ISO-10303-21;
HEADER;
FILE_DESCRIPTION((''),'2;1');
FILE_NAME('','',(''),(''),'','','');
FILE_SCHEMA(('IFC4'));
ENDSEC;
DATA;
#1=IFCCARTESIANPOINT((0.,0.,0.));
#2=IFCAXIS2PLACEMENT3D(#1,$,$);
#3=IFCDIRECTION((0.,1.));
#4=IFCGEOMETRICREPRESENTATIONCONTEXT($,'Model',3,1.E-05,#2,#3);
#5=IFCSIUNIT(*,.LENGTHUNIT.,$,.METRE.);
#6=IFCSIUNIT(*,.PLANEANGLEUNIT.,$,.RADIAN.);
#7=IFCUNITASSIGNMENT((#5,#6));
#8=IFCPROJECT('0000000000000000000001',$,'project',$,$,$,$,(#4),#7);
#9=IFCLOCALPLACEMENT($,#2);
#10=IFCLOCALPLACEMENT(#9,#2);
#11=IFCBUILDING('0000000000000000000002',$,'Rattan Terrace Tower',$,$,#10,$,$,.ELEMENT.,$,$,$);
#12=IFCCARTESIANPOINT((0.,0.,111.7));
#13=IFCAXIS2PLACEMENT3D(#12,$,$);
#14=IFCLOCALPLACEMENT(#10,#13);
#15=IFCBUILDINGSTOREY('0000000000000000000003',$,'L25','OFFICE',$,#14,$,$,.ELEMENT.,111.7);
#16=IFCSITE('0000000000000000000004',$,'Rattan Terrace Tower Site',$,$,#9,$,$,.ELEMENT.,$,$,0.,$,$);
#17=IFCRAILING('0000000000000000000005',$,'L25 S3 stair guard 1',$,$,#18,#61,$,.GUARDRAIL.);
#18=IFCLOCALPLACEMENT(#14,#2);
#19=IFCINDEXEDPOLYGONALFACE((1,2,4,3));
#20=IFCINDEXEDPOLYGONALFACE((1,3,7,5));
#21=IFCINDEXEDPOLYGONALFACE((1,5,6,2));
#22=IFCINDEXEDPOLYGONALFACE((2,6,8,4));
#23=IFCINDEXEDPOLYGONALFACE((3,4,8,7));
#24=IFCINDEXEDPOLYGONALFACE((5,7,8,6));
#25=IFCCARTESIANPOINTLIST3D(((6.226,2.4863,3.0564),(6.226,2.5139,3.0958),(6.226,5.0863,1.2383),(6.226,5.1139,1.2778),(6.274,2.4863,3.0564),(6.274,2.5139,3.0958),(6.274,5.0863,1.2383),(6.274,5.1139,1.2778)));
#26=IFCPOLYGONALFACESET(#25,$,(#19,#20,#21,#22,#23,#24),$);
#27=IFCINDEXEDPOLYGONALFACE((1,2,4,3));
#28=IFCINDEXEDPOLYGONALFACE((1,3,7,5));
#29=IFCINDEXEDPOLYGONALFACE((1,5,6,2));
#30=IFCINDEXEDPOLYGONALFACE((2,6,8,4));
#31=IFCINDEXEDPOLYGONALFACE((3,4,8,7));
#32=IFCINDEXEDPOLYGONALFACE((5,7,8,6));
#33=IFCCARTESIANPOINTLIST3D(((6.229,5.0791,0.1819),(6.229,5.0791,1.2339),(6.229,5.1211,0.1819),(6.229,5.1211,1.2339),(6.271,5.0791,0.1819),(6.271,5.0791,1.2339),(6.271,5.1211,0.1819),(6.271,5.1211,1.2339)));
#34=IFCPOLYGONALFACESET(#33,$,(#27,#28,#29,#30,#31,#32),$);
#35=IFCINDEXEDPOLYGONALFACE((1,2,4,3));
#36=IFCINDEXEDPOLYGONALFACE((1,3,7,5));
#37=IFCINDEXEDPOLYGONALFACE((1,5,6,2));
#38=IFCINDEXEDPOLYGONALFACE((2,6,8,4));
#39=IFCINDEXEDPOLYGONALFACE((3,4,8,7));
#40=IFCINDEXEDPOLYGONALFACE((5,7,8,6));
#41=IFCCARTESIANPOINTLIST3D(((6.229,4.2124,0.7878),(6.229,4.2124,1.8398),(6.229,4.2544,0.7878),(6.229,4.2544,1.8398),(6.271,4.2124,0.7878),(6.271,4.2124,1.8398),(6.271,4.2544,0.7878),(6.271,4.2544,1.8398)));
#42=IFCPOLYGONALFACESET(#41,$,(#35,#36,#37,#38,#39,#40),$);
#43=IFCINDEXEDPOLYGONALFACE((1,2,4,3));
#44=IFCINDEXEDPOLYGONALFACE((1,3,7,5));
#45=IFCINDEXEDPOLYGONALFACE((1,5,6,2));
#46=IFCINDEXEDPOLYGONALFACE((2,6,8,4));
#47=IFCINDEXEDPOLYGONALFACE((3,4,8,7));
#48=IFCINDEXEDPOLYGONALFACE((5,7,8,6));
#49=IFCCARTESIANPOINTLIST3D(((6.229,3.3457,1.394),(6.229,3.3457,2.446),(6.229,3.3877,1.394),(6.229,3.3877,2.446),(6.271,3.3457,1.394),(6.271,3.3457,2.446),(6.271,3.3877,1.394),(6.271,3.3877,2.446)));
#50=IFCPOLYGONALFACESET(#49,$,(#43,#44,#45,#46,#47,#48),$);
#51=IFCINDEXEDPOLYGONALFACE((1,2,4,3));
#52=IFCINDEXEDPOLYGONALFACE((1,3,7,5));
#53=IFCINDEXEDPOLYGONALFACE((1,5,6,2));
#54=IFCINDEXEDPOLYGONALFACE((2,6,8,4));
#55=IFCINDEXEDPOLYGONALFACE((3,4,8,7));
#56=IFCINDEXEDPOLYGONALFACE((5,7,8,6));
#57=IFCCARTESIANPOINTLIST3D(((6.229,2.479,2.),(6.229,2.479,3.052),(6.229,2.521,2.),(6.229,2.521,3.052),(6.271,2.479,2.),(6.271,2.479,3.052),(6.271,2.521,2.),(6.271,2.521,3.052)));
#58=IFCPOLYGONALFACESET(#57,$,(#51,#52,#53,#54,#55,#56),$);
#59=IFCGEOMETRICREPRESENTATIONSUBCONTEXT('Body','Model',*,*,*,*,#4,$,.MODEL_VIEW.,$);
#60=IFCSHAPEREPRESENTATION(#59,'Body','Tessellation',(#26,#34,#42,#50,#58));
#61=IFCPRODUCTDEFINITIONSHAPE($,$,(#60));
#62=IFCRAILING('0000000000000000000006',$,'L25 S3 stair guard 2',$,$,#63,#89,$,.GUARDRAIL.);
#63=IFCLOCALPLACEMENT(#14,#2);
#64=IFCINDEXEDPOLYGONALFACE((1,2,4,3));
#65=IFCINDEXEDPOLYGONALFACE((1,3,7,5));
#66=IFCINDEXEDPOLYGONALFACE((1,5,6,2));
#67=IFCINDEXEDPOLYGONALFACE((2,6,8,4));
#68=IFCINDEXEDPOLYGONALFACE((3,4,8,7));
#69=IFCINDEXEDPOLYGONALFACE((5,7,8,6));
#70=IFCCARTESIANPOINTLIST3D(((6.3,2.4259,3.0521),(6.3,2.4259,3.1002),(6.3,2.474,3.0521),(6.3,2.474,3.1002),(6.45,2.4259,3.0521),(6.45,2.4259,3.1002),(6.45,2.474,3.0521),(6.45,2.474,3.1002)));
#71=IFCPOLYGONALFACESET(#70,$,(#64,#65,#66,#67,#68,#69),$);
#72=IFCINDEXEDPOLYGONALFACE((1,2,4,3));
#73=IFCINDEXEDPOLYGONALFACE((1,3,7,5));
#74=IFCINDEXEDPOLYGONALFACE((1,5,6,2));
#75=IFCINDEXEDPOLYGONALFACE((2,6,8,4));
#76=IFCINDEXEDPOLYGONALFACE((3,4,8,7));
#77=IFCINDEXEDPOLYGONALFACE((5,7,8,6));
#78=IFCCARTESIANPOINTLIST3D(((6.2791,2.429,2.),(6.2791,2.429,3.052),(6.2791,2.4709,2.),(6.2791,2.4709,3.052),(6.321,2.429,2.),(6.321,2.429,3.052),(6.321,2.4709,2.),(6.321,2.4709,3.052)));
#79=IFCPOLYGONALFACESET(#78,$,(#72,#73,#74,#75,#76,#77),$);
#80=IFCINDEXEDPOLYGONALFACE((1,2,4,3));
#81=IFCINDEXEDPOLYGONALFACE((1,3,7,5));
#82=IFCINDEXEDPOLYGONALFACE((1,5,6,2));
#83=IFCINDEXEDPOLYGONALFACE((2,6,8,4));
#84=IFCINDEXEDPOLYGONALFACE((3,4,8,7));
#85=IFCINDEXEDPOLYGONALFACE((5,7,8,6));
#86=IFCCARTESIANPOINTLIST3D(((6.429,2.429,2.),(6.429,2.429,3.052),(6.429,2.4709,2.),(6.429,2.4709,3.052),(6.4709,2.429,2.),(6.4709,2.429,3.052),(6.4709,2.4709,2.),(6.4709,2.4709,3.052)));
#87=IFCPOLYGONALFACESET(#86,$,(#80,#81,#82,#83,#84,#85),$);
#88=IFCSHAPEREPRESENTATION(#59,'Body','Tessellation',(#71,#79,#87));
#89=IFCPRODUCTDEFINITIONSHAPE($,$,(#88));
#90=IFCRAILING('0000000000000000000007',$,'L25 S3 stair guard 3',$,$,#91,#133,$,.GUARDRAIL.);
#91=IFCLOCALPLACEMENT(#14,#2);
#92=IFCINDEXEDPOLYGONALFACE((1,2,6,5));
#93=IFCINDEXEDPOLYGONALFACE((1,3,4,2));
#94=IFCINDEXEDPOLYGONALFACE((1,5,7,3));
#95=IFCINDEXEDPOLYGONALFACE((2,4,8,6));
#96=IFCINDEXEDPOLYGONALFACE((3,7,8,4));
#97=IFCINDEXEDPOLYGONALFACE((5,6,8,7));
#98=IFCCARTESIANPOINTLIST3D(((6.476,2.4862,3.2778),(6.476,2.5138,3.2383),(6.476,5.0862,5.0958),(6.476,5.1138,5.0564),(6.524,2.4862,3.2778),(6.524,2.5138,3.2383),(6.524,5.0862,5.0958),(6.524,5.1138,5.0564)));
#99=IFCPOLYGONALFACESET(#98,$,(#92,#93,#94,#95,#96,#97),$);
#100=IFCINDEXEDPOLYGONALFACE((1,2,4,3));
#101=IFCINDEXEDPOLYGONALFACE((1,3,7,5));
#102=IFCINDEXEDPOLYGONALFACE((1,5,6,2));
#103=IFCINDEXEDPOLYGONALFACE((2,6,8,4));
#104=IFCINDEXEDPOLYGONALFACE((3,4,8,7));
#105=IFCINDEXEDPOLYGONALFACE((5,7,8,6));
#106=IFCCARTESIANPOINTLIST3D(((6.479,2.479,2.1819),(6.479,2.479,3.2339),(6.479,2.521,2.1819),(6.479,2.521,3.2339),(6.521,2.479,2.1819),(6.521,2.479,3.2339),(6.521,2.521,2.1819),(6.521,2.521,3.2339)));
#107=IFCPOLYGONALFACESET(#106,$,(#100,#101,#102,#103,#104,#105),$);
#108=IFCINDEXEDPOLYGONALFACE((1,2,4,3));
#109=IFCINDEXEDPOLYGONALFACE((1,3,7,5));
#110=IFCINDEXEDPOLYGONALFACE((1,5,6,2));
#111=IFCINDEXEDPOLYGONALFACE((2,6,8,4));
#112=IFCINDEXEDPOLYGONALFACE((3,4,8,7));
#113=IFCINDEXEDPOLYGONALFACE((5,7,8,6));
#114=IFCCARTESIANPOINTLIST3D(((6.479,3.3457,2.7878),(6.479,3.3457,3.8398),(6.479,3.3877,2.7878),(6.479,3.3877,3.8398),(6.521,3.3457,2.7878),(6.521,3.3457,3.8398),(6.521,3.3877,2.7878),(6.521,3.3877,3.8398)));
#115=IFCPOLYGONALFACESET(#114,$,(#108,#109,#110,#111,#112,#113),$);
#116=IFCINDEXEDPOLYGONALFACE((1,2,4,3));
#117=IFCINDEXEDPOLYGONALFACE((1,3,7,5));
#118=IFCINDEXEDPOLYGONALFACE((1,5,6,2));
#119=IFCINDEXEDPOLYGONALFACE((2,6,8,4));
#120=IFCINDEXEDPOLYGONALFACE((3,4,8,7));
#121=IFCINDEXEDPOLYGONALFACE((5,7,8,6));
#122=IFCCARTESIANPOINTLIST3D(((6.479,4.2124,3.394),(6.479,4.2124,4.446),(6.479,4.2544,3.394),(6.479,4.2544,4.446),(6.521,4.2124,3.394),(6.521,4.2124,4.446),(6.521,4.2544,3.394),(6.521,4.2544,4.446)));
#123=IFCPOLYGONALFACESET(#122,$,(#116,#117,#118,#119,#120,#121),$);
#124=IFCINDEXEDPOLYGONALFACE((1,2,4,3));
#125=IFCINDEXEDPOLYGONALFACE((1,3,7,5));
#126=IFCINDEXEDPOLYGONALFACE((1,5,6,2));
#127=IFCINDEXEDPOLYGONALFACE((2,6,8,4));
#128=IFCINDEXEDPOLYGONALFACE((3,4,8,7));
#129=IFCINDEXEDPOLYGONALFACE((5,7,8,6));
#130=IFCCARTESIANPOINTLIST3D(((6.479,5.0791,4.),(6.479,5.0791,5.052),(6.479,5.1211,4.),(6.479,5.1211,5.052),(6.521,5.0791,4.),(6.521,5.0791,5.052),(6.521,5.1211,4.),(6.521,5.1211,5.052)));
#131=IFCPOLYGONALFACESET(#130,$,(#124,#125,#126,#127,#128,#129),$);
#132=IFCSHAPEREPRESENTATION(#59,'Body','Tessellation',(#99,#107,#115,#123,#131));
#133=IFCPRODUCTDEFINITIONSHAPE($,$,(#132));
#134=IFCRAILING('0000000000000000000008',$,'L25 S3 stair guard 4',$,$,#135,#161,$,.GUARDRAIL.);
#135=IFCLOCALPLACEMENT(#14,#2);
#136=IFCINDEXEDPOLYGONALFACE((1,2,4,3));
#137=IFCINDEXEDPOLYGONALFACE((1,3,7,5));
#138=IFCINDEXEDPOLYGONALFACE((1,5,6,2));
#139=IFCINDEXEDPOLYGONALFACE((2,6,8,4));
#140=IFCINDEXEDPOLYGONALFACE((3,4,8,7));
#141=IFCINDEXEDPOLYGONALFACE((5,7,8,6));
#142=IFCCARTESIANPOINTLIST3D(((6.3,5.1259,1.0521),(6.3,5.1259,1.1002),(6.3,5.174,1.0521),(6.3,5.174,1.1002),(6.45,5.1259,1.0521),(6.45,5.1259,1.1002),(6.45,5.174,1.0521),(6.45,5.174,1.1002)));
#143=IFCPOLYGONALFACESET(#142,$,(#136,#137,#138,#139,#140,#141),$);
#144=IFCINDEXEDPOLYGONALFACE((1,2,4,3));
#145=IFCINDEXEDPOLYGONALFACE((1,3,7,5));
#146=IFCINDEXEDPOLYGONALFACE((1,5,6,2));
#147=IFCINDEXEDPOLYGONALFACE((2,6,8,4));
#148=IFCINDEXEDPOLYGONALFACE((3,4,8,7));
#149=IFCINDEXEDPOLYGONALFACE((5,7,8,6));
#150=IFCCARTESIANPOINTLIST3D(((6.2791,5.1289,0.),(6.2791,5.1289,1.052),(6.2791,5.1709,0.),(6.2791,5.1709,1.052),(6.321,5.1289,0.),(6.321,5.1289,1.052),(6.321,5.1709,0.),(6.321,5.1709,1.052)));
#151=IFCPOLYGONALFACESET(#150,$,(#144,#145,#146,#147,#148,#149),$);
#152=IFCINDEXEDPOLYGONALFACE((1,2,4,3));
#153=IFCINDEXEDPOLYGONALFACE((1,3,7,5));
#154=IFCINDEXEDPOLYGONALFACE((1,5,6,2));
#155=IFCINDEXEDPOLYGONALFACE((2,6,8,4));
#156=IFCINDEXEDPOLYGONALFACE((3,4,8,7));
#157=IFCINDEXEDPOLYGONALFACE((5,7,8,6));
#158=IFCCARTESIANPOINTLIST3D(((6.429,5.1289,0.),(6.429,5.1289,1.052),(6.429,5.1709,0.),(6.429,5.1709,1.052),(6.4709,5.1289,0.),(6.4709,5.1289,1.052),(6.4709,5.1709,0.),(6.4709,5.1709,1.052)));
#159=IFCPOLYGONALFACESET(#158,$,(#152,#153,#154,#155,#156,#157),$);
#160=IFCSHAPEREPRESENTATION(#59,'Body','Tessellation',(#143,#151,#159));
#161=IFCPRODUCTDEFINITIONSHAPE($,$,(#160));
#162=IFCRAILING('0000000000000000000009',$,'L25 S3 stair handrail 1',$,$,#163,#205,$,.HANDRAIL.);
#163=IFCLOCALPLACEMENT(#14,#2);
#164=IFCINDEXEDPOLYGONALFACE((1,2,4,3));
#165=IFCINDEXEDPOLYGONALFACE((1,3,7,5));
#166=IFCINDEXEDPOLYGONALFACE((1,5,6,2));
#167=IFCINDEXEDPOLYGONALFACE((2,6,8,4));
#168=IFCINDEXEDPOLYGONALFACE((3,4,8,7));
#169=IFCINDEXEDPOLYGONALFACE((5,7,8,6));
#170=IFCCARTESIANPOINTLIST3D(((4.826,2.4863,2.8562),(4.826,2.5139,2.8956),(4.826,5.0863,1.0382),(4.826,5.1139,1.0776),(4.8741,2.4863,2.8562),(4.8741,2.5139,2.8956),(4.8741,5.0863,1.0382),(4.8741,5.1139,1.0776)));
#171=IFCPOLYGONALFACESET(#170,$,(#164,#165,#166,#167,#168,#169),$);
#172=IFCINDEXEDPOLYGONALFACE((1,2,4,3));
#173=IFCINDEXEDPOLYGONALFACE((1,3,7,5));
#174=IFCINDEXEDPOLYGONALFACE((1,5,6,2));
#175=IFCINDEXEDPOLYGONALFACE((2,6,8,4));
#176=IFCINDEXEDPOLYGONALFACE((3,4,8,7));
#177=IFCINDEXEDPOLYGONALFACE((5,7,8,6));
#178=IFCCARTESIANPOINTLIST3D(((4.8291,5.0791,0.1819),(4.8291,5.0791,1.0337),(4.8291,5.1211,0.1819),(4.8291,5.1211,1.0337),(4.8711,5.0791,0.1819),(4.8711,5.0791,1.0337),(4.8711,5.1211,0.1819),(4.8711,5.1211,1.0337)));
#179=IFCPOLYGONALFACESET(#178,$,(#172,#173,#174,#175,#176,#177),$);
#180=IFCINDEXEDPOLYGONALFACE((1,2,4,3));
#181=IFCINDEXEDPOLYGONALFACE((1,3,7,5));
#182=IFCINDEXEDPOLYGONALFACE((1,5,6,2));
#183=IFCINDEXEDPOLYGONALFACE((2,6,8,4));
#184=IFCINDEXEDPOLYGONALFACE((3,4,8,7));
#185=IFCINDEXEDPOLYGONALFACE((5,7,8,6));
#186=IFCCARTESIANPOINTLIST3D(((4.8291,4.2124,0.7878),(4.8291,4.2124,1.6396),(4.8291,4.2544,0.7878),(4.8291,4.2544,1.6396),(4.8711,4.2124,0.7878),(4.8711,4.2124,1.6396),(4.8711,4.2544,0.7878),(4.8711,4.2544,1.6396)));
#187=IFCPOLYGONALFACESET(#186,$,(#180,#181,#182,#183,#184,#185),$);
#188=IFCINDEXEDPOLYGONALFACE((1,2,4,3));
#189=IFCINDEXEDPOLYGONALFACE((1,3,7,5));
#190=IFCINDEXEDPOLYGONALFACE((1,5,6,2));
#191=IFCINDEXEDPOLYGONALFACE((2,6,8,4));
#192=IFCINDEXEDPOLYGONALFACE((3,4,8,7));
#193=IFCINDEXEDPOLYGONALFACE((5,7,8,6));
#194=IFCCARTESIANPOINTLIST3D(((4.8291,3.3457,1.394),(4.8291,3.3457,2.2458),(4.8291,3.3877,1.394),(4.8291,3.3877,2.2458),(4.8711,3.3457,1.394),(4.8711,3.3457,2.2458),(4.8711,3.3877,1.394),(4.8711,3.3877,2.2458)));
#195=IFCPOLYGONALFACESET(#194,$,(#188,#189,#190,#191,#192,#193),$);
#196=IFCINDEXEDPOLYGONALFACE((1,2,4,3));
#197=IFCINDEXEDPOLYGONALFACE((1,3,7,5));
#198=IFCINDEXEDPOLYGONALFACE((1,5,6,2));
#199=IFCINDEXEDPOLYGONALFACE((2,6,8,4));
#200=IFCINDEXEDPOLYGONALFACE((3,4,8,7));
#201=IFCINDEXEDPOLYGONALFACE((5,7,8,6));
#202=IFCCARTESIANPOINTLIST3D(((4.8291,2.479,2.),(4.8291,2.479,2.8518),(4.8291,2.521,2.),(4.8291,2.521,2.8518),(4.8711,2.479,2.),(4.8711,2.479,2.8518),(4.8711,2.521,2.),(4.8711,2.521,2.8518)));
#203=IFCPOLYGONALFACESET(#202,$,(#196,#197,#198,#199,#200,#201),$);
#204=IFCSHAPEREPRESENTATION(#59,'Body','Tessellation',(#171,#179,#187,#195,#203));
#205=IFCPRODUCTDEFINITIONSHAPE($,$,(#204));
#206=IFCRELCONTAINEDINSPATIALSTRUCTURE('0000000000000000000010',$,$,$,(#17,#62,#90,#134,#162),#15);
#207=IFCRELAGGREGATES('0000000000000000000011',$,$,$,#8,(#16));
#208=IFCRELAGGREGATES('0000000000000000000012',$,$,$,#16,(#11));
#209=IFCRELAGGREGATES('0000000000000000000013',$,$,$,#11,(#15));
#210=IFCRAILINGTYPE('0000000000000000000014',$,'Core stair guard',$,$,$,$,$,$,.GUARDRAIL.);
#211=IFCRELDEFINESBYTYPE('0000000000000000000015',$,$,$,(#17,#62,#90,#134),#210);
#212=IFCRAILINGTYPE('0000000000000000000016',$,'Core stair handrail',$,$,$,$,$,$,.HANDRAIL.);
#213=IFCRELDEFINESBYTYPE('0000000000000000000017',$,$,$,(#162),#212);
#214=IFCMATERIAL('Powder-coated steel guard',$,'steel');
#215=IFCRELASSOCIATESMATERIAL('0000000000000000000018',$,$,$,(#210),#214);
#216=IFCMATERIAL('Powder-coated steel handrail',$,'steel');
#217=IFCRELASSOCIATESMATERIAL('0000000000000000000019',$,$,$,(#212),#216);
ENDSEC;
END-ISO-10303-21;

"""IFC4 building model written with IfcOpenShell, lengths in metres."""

from ifc_helpers import new_model, si_unit, direction, frame, origin, origin_2d, place, context, subcontext, project, spatial, rectangle, extrude, material, type_object, element, save


model = new_model("IFC4")

# Units and contexts
model_context = context("Model", 3, precision=1e-05, world=origin(), true_north=direction((0.0, 1.0)))
body_context = subcontext(model_context, "Body", "Model", "MODEL_VIEW")
ifc_project = project(units=[si_unit("LENGTHUNIT", "METRE"), si_unit("PLANEANGLEUNIT", "RADIAN")], contexts=[model_context])

# Site, building, storey
site_placement = place(None, origin())
site = spatial("IfcSite", under=ifc_project, at=site_placement, Name="Rattan Terrace Tower Site", CompositionType="ELEMENT", RefElevation=0.0)
building_placement = place(site_placement, origin())
building = spatial("IfcBuilding", under=site, at=building_placement, Name="Rattan Terrace Tower", CompositionType="ELEMENT")
storey_placement = place(building_placement, frame((0.0, 0.0, 111.7)))
storey = spatial("IfcBuildingStorey", under=building, at=storey_placement, Name="L25", Description="OFFICE", CompositionType="ELEMENT", Elevation=111.7)

# Railings
ifc_material_1 = material(Name="Powder-coated steel guard", Category="steel")
railing_type_1 = type_object("IfcRailingType", Name="Core stair guard", PredefinedType="GUARDRAIL", material=ifc_material_1)
railing_1_placement = place(storey_placement, frame((6.25, 5.1001, 0.1819)))
element("IfcRailing", 1, at=railing_1_placement, inside=storey, type_object=railing_type_1, Name="L25 S3 stair guard 1", PredefinedType="GUARDRAIL", context=body_context, shape_type="SweptSolid", body=[
    extrude(rectangle(XDim=0.0481, YDim=0.0481, at=origin_2d()), frame((0.0, 0.0, 1.0762), z_axis=(0.0, -0.819521, 0.573049), x_axis=(1.0, 0.0, 0.0)), (0.0, 0.0, 1.0), 3.1726),
    extrude(rectangle(XDim=0.042, YDim=0.042, at=origin_2d()), origin(), (0.0, 0.0, 1.0), 1.052),
    extrude(rectangle(XDim=0.042, YDim=0.042, at=origin_2d()), frame((0.0, -0.8667, 0.606)), (0.0, 0.0, 1.0), 1.052),
    extrude(rectangle(XDim=0.042, YDim=0.042, at=origin_2d()), frame((0.0, -1.7334, 1.2122)), (0.0, 0.0, 1.0), 1.052),
    extrude(rectangle(XDim=0.042, YDim=0.042, at=origin_2d()), frame((0.0, -2.6001, 1.8181)), (0.0, 0.0, 1.0), 1.052),
])
railing_2_placement = place(storey_placement, frame((6.3, 2.45, 2.0)))
element("IfcRailing", 2, at=railing_2_placement, inside=storey, type_object=railing_type_1, Name="L25 S3 stair guard 2", PredefinedType="GUARDRAIL", context=body_context, shape_type="SweptSolid", body=[
    extrude(rectangle(XDim=0.0481, YDim=0.0481, at=origin_2d()), frame((0.0, 0.0, 1.0762), z_axis=(1.0, 0.0, 0.0), x_axis=(0.0, 1.0, 0.0)), (0.0, 0.0, 1.0), 0.1499),
    extrude(rectangle(XDim=0.042, YDim=0.042, at=origin_2d()), origin(), (0.0, 0.0, 1.0), 1.052),
    extrude(rectangle(XDim=0.042, YDim=0.042, at=origin_2d()), frame((0.1499, 0.0, 0.0)), (0.0, 0.0, 1.0), 1.052),
])
railing_3_placement = place(storey_placement, frame((6.5, 2.5, 2.1819)))
element("IfcRailing", 3, at=railing_3_placement, inside=storey, type_object=railing_type_1, Name="L25 S3 stair guard 3", PredefinedType="GUARDRAIL", context=body_context, shape_type="SweptSolid", body=[
    extrude(rectangle(XDim=0.0481, YDim=0.0481, at=origin_2d()), frame((0.0, 0.0, 1.0762), z_axis=(0.0, 0.819521, 0.573049), x_axis=(-1.0, 0.0, 0.0)), (0.0, 0.0, 1.0), 3.1726),
    extrude(rectangle(XDim=0.042, YDim=0.042, at=origin_2d()), origin(), (0.0, 0.0, 1.0), 1.052),
    extrude(rectangle(XDim=0.042, YDim=0.042, at=origin_2d()), frame((0.0, 0.8667, 0.606)), (0.0, 0.0, 1.0), 1.052),
    extrude(rectangle(XDim=0.042, YDim=0.042, at=origin_2d()), frame((0.0, 1.7334, 1.2122)), (0.0, 0.0, 1.0), 1.052),
    extrude(rectangle(XDim=0.042, YDim=0.042, at=origin_2d()), frame((0.0, 2.6001, 1.8181)), (0.0, 0.0, 1.0), 1.052),
])
railing_4_placement = place(storey_placement, frame((6.3, 5.1499, 0.0)))
element("IfcRailing", 4, at=railing_4_placement, inside=storey, type_object=railing_type_1, Name="L25 S3 stair guard 4", PredefinedType="GUARDRAIL", context=body_context, shape_type="SweptSolid", body=[
    extrude(rectangle(XDim=0.0481, YDim=0.0481, at=origin_2d()), frame((0.0, 0.0, 1.0762), z_axis=(1.0, 0.0, 0.0), x_axis=(0.0, 1.0, 0.0)), (0.0, 0.0, 1.0), 0.1499),
    extrude(rectangle(XDim=0.042, YDim=0.042, at=origin_2d()), origin(), (0.0, 0.0, 1.0), 1.052),
    extrude(rectangle(XDim=0.042, YDim=0.042, at=origin_2d()), frame((0.1499, 0.0, 0.0)), (0.0, 0.0, 1.0), 1.052),
])
ifc_material_2 = material(Name="Powder-coated steel handrail", Category="steel")
railing_type_2 = type_object("IfcRailingType", Name="Core stair handrail", PredefinedType="HANDRAIL", material=ifc_material_2)
railing_5_placement = place(storey_placement, frame((4.8501, 5.1001, 0.1819)))
element("IfcRailing", 5, at=railing_5_placement, inside=storey, type_object=railing_type_2, Name="L25 S3 stair handrail 1", PredefinedType="HANDRAIL", context=body_context, shape_type="SweptSolid", body=[
    extrude(rectangle(XDim=0.0481, YDim=0.0481, at=origin_2d()), frame((0.0, 0.0, 0.876), z_axis=(0.0, -0.819521, 0.573049), x_axis=(1.0, 0.0, 0.0)), (0.0, 0.0, 1.0), 3.1726),
    extrude(rectangle(XDim=0.042, YDim=0.042, at=origin_2d()), origin(), (0.0, 0.0, 1.0), 0.8518),
    extrude(rectangle(XDim=0.042, YDim=0.042, at=origin_2d()), frame((0.0, -0.8667, 0.606)), (0.0, 0.0, 1.0), 0.8518),
    extrude(rectangle(XDim=0.042, YDim=0.042, at=origin_2d()), frame((0.0, -1.7334, 1.2122)), (0.0, 0.0, 1.0), 0.8518),
    extrude(rectangle(XDim=0.042, YDim=0.042, at=origin_2d()), frame((0.0, -2.6001, 1.8181)), (0.0, 0.0, 1.0), 0.8518),
])

save(model, "model.ifc")
